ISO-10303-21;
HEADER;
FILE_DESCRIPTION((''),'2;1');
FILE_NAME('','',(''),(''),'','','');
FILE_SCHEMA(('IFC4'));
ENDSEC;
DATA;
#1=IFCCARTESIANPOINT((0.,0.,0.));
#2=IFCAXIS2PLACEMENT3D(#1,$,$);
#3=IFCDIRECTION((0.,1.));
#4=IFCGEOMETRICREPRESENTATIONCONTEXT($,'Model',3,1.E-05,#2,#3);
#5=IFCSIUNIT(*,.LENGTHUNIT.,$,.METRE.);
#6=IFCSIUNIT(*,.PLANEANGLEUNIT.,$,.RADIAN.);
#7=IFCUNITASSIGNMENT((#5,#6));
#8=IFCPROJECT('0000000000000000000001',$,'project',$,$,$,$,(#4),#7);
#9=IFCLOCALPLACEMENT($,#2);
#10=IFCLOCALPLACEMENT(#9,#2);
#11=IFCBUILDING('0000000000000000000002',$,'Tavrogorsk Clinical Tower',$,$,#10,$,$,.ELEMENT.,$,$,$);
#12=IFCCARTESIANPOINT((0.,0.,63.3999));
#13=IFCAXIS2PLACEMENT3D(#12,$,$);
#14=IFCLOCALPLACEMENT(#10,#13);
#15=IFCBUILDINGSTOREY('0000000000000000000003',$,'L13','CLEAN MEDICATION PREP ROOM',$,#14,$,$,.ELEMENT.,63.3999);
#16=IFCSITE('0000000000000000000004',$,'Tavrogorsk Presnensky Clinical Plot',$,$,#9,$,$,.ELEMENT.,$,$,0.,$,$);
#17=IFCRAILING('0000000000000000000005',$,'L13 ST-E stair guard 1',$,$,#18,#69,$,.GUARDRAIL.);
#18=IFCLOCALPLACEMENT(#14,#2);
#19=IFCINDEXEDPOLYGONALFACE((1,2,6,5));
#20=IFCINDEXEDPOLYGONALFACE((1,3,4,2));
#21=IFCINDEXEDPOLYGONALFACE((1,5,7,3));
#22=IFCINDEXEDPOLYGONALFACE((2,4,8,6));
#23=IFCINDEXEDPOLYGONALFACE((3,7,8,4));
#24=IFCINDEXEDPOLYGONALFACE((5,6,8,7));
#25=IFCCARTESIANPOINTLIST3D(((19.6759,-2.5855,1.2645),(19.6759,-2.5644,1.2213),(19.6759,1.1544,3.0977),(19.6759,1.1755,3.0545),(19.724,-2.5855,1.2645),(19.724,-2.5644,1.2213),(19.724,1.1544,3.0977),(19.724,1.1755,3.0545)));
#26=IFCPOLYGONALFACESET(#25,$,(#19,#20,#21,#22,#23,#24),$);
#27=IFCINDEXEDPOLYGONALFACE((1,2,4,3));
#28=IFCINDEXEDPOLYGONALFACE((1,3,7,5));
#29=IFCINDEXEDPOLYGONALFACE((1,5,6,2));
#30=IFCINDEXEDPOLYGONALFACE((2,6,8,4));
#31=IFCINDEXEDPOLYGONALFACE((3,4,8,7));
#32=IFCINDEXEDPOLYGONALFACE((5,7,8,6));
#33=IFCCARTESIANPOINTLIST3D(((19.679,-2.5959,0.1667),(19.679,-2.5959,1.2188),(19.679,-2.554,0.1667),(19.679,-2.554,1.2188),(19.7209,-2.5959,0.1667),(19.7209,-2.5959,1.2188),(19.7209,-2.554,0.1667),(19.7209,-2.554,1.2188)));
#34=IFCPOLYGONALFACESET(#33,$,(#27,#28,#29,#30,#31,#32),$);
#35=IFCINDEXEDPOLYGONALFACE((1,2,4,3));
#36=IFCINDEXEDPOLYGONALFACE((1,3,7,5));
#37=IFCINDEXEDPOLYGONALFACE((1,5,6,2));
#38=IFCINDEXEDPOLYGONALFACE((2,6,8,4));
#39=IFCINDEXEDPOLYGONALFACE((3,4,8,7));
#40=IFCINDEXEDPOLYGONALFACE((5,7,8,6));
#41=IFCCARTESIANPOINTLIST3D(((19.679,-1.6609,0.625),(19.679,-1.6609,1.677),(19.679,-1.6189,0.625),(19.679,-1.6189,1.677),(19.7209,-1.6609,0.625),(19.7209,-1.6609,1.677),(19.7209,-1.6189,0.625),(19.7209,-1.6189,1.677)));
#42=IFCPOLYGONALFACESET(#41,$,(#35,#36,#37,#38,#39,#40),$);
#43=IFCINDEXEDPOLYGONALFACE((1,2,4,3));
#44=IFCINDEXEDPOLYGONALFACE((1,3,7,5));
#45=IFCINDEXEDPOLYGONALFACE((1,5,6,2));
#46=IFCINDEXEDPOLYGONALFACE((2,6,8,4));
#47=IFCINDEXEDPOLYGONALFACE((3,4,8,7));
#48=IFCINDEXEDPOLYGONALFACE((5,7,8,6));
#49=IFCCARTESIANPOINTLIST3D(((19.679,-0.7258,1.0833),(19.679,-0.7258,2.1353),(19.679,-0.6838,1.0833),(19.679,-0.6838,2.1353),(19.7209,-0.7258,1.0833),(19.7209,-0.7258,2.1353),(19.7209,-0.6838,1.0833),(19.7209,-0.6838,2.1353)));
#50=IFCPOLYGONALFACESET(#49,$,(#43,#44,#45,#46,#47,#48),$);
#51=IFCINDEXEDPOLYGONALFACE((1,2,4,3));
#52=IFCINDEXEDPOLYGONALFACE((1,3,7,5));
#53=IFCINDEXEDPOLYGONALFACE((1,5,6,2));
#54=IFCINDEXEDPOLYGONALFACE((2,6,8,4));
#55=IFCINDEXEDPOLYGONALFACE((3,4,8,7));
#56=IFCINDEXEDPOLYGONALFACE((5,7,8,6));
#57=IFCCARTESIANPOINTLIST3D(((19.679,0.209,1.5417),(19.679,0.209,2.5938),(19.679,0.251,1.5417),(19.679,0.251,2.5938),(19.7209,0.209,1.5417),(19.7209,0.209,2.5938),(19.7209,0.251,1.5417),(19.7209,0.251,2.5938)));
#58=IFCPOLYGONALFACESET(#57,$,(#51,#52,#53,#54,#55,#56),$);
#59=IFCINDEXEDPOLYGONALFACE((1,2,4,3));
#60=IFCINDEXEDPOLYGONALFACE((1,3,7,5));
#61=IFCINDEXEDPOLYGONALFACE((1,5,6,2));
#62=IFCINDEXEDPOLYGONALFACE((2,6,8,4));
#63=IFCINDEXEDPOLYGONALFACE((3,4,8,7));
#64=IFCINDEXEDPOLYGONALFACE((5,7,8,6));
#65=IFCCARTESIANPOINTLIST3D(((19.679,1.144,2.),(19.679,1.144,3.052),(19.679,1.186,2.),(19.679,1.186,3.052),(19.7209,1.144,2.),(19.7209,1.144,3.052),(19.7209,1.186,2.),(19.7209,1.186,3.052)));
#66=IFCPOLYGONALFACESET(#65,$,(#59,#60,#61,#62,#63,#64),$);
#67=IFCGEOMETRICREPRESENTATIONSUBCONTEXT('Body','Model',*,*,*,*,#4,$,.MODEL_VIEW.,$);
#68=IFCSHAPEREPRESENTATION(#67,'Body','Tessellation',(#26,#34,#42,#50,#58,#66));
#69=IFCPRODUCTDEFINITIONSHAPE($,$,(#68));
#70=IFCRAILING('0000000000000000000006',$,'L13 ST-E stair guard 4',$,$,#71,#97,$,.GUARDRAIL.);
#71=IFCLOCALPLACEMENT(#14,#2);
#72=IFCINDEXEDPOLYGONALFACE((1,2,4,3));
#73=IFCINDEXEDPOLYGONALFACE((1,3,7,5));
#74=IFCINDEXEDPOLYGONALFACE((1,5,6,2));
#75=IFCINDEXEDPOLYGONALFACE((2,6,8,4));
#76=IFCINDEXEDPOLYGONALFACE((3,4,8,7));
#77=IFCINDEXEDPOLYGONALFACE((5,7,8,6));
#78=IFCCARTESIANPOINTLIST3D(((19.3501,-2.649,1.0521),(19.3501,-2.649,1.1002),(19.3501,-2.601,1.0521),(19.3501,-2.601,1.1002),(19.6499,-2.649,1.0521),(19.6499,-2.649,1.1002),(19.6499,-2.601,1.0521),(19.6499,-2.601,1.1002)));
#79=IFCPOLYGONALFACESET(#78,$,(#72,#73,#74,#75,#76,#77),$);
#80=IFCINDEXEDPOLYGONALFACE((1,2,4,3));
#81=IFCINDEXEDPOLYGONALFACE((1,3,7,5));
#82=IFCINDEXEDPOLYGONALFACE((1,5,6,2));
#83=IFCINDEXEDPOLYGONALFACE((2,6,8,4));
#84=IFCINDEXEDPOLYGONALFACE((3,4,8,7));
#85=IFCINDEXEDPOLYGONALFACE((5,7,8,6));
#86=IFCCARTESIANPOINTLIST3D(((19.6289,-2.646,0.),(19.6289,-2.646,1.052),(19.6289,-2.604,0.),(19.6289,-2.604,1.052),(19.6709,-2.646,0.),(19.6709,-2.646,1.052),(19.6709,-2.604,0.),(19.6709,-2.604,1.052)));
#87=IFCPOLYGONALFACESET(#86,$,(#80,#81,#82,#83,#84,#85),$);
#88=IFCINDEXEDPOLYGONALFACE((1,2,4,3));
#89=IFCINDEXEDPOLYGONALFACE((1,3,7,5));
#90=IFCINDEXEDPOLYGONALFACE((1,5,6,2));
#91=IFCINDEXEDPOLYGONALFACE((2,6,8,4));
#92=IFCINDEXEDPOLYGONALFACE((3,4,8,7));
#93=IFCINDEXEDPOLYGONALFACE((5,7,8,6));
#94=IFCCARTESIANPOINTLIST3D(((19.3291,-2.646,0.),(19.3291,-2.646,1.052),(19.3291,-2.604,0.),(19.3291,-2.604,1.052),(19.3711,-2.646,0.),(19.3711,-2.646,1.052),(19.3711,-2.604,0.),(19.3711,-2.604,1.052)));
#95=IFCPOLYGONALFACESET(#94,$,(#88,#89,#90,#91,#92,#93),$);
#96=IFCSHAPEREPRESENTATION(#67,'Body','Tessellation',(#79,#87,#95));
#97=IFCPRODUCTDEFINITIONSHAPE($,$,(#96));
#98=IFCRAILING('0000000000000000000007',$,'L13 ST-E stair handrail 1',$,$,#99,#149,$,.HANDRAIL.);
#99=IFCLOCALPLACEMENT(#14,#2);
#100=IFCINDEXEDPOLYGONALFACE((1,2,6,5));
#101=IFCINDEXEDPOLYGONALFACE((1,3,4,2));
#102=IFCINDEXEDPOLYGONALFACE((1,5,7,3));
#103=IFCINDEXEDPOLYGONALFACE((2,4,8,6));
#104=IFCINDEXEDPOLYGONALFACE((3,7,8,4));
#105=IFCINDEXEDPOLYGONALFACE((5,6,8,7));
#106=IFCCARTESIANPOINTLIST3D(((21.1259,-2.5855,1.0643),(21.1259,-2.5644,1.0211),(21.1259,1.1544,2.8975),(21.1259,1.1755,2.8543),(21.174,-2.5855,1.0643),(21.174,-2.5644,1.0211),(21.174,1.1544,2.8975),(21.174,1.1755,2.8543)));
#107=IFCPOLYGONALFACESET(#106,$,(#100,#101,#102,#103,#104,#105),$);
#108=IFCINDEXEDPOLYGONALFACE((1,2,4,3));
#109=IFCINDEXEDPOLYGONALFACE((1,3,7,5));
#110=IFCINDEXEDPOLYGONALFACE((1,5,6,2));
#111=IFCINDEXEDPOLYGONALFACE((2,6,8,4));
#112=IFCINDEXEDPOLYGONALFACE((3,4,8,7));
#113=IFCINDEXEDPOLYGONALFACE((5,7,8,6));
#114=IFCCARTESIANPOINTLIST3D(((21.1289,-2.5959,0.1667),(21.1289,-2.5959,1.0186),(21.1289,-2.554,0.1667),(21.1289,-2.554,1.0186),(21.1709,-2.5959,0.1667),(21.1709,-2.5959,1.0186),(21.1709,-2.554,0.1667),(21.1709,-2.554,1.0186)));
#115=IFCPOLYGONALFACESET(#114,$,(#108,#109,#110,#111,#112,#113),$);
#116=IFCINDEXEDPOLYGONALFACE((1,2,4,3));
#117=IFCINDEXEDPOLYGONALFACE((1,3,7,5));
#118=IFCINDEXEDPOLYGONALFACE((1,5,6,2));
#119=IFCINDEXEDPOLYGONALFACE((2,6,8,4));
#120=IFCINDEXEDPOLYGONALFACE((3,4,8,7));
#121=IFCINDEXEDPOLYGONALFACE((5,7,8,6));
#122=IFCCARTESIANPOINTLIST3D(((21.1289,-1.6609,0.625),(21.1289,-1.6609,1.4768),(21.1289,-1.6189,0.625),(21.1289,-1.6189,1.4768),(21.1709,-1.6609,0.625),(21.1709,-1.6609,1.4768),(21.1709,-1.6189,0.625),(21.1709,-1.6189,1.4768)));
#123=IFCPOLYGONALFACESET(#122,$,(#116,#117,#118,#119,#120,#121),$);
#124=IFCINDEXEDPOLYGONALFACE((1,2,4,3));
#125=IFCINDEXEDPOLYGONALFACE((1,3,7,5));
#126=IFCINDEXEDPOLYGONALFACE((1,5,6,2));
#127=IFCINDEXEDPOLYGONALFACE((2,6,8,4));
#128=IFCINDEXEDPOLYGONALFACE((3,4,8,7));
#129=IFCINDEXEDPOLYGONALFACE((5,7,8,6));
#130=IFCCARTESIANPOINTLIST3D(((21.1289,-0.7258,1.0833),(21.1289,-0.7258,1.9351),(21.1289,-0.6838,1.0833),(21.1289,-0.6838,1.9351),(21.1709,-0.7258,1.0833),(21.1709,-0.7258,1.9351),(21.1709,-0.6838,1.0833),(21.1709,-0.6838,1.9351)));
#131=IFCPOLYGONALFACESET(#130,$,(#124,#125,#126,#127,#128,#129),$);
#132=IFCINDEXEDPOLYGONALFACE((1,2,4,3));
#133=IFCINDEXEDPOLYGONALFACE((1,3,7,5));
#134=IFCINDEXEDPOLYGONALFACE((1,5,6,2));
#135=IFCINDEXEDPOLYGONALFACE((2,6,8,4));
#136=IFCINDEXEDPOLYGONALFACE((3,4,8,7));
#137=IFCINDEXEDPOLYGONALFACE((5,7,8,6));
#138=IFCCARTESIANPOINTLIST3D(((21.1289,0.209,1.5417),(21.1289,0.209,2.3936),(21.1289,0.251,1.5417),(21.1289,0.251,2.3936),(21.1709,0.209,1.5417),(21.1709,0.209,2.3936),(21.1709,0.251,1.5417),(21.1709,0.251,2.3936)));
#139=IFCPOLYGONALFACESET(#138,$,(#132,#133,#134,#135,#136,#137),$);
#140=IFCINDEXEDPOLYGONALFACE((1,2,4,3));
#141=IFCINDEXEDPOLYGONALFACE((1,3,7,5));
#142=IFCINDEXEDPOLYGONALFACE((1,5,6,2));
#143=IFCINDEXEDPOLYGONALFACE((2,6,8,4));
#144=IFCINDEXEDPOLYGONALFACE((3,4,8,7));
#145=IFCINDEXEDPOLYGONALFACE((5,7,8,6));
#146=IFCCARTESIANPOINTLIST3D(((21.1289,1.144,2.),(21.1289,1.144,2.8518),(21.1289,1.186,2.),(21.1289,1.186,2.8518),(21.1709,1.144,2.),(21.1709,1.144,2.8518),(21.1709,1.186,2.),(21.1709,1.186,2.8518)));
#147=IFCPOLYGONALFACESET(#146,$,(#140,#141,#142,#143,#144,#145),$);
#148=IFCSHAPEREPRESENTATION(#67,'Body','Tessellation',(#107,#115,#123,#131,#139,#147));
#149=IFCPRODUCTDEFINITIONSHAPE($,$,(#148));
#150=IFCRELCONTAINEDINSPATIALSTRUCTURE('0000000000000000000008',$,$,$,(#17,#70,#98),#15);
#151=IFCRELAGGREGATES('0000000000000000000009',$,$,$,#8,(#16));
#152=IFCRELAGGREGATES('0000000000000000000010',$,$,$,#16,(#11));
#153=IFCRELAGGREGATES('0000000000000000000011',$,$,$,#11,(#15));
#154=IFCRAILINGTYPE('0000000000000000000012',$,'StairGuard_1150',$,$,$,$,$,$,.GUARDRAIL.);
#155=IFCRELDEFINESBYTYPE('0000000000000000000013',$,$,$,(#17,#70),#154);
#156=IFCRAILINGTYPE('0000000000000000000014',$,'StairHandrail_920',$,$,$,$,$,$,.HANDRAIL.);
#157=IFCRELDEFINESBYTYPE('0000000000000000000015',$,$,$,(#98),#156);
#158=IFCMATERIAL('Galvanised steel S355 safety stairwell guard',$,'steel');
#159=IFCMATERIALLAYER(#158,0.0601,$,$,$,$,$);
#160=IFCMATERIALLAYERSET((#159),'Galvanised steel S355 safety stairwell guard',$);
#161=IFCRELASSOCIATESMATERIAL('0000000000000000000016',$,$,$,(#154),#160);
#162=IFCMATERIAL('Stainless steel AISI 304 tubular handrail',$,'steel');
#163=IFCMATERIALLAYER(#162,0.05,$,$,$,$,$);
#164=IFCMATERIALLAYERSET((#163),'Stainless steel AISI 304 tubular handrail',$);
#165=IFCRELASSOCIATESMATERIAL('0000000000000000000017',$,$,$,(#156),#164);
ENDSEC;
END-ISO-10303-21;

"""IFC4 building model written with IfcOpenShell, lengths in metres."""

from ifc_helpers import new_model, si_unit, direction, frame, origin, origin_2d, place, context, subcontext, project, spatial, rectangle, extrude, material, layer, layer_set, type_object, element, save


model = new_model("IFC4")

# Units and contexts
model_context = context("Model", 3, precision=1e-05, world=origin(), true_north=direction((0.0, 1.0)))
body_context = subcontext(model_context, "Body", "Model", "MODEL_VIEW")
ifc_project = project(units=[si_unit("LENGTHUNIT", "METRE"), si_unit("PLANEANGLEUNIT", "RADIAN")], contexts=[model_context])

# Site, building, storey
site_placement = place(None, origin())
site = spatial("IfcSite", under=ifc_project, at=site_placement, Name="Tavrogorsk Presnensky Clinical Plot", CompositionType="ELEMENT", RefElevation=0.0)
building_placement = place(site_placement, origin())
building = spatial("IfcBuilding", under=site, at=building_placement, Name="Tavrogorsk Clinical Tower", CompositionType="ELEMENT")
storey_placement = place(building_placement, frame((0.0, 0.0, 63.3999)))
storey = spatial("IfcBuildingStorey", under=building, at=storey_placement, Name="L13", Description="CLEAN MEDICATION PREP ROOM", CompositionType="ELEMENT", Elevation=63.3999)

# Railings
ifc_material_1 = material(Name="Galvanised steel S355 safety stairwell guard", Category="steel")
ifc_layer_1 = layer(ifc_material_1, 0.0601)
ifc_layer_set_1 = layer_set([ifc_layer_1], Name="Galvanised steel S355 safety stairwell guard")
railing_type_1 = type_object("IfcRailingType", Name="StairGuard_1150", PredefinedType="GUARDRAIL", material=ifc_layer_set_1)
railing_1_placement = place(storey_placement, frame((19.7, -2.575, 0.1667)))
element("IfcRailing", 1, at=railing_1_placement, inside=storey, type_object=railing_type_1, Name="L13 ST-E stair guard 1", PredefinedType="GUARDRAIL", context=body_context, shape_type="SweptSolid", body=[
    extrude(rectangle(XDim=0.0481, YDim=0.0481, at=origin_2d()), frame((0.0, 0.0, 1.0762), z_axis=(0.0, 0.897928, 0.440142), x_axis=(-1.0, 0.0, 0.0)), (0.0, 0.0, 1.0), 4.165),
    extrude(rectangle(XDim=0.042, YDim=0.042, at=origin_2d()), origin(), (0.0, 0.0, 1.0), 1.052),
    extrude(rectangle(XDim=0.042, YDim=0.042, at=origin_2d()), frame((0.0, 0.9351, 0.4583)), (0.0, 0.0, 1.0), 1.052),
    extrude(rectangle(XDim=0.042, YDim=0.042, at=origin_2d()), frame((0.0, 1.8701, 0.9165)), (0.0, 0.0, 1.0), 1.052),
    extrude(rectangle(XDim=0.042, YDim=0.042, at=origin_2d()), frame((0.0, 2.8049, 1.375)), (0.0, 0.0, 1.0), 1.052),
    extrude(rectangle(XDim=0.042, YDim=0.042, at=origin_2d()), frame((0.0, 3.74, 1.8333)), (0.0, 0.0, 1.0), 1.052),
])
railing_2_placement = place(storey_placement, frame((19.6499, -2.625, 0.0)))
element("IfcRailing", 2, at=railing_2_placement, inside=storey, type_object=railing_type_1, Name="L13 ST-E stair guard 4", PredefinedType="GUARDRAIL", context=body_context, shape_type="SweptSolid", body=[
    extrude(rectangle(XDim=0.0481, YDim=0.0481, at=origin_2d()), frame((0.0, 0.0, 1.0762), z_axis=(-1.0, 0.0, 0.0), x_axis=(0.0, -1.0, 0.0)), (0.0, 0.0, 1.0), 0.2998),
    extrude(rectangle(XDim=0.042, YDim=0.042, at=origin_2d()), origin(), (0.0, 0.0, 1.0), 1.052),
    extrude(rectangle(XDim=0.042, YDim=0.042, at=origin_2d()), frame((-0.2998, 0.0, 0.0)), (0.0, 0.0, 1.0), 1.052),
])
ifc_material_2 = material(Name="Stainless steel AISI 304 tubular handrail", Category="steel")
ifc_layer_2 = layer(ifc_material_2, 0.05)
ifc_layer_set_2 = layer_set([ifc_layer_2], Name="Stainless steel AISI 304 tubular handrail")
railing_type_2 = type_object("IfcRailingType", Name="StairHandrail_920", PredefinedType="HANDRAIL", material=ifc_layer_set_2)
railing_3_placement = place(storey_placement, frame((21.1499, -2.575, 0.1667)))
element("IfcRailing", 3, at=railing_3_placement, inside=storey, type_object=railing_type_2, Name="L13 ST-E stair handrail 1", PredefinedType="HANDRAIL", context=body_context, shape_type="SweptSolid", body=[
    extrude(rectangle(XDim=0.0481, YDim=0.0481, at=origin_2d()), frame((0.0, 0.0, 0.876), z_axis=(0.0, 0.897928, 0.440142), x_axis=(-1.0, 0.0, 0.0)), (0.0, 0.0, 1.0), 4.165),
    extrude(rectangle(XDim=0.042, YDim=0.042, at=origin_2d()), origin(), (0.0, 0.0, 1.0), 0.8518),
    extrude(rectangle(XDim=0.042, YDim=0.042, at=origin_2d()), frame((0.0, 0.9351, 0.4583)), (0.0, 0.0, 1.0), 0.8518),
    extrude(rectangle(XDim=0.042, YDim=0.042, at=origin_2d()), frame((0.0, 1.8701, 0.9165)), (0.0, 0.0, 1.0), 0.8518),
    extrude(rectangle(XDim=0.042, YDim=0.042, at=origin_2d()), frame((0.0, 2.8049, 1.375)), (0.0, 0.0, 1.0), 0.8518),
    extrude(rectangle(XDim=0.042, YDim=0.042, at=origin_2d()), frame((0.0, 3.74, 1.8333)), (0.0, 0.0, 1.0), 0.8518),
])

save(model, "model.ifc")
